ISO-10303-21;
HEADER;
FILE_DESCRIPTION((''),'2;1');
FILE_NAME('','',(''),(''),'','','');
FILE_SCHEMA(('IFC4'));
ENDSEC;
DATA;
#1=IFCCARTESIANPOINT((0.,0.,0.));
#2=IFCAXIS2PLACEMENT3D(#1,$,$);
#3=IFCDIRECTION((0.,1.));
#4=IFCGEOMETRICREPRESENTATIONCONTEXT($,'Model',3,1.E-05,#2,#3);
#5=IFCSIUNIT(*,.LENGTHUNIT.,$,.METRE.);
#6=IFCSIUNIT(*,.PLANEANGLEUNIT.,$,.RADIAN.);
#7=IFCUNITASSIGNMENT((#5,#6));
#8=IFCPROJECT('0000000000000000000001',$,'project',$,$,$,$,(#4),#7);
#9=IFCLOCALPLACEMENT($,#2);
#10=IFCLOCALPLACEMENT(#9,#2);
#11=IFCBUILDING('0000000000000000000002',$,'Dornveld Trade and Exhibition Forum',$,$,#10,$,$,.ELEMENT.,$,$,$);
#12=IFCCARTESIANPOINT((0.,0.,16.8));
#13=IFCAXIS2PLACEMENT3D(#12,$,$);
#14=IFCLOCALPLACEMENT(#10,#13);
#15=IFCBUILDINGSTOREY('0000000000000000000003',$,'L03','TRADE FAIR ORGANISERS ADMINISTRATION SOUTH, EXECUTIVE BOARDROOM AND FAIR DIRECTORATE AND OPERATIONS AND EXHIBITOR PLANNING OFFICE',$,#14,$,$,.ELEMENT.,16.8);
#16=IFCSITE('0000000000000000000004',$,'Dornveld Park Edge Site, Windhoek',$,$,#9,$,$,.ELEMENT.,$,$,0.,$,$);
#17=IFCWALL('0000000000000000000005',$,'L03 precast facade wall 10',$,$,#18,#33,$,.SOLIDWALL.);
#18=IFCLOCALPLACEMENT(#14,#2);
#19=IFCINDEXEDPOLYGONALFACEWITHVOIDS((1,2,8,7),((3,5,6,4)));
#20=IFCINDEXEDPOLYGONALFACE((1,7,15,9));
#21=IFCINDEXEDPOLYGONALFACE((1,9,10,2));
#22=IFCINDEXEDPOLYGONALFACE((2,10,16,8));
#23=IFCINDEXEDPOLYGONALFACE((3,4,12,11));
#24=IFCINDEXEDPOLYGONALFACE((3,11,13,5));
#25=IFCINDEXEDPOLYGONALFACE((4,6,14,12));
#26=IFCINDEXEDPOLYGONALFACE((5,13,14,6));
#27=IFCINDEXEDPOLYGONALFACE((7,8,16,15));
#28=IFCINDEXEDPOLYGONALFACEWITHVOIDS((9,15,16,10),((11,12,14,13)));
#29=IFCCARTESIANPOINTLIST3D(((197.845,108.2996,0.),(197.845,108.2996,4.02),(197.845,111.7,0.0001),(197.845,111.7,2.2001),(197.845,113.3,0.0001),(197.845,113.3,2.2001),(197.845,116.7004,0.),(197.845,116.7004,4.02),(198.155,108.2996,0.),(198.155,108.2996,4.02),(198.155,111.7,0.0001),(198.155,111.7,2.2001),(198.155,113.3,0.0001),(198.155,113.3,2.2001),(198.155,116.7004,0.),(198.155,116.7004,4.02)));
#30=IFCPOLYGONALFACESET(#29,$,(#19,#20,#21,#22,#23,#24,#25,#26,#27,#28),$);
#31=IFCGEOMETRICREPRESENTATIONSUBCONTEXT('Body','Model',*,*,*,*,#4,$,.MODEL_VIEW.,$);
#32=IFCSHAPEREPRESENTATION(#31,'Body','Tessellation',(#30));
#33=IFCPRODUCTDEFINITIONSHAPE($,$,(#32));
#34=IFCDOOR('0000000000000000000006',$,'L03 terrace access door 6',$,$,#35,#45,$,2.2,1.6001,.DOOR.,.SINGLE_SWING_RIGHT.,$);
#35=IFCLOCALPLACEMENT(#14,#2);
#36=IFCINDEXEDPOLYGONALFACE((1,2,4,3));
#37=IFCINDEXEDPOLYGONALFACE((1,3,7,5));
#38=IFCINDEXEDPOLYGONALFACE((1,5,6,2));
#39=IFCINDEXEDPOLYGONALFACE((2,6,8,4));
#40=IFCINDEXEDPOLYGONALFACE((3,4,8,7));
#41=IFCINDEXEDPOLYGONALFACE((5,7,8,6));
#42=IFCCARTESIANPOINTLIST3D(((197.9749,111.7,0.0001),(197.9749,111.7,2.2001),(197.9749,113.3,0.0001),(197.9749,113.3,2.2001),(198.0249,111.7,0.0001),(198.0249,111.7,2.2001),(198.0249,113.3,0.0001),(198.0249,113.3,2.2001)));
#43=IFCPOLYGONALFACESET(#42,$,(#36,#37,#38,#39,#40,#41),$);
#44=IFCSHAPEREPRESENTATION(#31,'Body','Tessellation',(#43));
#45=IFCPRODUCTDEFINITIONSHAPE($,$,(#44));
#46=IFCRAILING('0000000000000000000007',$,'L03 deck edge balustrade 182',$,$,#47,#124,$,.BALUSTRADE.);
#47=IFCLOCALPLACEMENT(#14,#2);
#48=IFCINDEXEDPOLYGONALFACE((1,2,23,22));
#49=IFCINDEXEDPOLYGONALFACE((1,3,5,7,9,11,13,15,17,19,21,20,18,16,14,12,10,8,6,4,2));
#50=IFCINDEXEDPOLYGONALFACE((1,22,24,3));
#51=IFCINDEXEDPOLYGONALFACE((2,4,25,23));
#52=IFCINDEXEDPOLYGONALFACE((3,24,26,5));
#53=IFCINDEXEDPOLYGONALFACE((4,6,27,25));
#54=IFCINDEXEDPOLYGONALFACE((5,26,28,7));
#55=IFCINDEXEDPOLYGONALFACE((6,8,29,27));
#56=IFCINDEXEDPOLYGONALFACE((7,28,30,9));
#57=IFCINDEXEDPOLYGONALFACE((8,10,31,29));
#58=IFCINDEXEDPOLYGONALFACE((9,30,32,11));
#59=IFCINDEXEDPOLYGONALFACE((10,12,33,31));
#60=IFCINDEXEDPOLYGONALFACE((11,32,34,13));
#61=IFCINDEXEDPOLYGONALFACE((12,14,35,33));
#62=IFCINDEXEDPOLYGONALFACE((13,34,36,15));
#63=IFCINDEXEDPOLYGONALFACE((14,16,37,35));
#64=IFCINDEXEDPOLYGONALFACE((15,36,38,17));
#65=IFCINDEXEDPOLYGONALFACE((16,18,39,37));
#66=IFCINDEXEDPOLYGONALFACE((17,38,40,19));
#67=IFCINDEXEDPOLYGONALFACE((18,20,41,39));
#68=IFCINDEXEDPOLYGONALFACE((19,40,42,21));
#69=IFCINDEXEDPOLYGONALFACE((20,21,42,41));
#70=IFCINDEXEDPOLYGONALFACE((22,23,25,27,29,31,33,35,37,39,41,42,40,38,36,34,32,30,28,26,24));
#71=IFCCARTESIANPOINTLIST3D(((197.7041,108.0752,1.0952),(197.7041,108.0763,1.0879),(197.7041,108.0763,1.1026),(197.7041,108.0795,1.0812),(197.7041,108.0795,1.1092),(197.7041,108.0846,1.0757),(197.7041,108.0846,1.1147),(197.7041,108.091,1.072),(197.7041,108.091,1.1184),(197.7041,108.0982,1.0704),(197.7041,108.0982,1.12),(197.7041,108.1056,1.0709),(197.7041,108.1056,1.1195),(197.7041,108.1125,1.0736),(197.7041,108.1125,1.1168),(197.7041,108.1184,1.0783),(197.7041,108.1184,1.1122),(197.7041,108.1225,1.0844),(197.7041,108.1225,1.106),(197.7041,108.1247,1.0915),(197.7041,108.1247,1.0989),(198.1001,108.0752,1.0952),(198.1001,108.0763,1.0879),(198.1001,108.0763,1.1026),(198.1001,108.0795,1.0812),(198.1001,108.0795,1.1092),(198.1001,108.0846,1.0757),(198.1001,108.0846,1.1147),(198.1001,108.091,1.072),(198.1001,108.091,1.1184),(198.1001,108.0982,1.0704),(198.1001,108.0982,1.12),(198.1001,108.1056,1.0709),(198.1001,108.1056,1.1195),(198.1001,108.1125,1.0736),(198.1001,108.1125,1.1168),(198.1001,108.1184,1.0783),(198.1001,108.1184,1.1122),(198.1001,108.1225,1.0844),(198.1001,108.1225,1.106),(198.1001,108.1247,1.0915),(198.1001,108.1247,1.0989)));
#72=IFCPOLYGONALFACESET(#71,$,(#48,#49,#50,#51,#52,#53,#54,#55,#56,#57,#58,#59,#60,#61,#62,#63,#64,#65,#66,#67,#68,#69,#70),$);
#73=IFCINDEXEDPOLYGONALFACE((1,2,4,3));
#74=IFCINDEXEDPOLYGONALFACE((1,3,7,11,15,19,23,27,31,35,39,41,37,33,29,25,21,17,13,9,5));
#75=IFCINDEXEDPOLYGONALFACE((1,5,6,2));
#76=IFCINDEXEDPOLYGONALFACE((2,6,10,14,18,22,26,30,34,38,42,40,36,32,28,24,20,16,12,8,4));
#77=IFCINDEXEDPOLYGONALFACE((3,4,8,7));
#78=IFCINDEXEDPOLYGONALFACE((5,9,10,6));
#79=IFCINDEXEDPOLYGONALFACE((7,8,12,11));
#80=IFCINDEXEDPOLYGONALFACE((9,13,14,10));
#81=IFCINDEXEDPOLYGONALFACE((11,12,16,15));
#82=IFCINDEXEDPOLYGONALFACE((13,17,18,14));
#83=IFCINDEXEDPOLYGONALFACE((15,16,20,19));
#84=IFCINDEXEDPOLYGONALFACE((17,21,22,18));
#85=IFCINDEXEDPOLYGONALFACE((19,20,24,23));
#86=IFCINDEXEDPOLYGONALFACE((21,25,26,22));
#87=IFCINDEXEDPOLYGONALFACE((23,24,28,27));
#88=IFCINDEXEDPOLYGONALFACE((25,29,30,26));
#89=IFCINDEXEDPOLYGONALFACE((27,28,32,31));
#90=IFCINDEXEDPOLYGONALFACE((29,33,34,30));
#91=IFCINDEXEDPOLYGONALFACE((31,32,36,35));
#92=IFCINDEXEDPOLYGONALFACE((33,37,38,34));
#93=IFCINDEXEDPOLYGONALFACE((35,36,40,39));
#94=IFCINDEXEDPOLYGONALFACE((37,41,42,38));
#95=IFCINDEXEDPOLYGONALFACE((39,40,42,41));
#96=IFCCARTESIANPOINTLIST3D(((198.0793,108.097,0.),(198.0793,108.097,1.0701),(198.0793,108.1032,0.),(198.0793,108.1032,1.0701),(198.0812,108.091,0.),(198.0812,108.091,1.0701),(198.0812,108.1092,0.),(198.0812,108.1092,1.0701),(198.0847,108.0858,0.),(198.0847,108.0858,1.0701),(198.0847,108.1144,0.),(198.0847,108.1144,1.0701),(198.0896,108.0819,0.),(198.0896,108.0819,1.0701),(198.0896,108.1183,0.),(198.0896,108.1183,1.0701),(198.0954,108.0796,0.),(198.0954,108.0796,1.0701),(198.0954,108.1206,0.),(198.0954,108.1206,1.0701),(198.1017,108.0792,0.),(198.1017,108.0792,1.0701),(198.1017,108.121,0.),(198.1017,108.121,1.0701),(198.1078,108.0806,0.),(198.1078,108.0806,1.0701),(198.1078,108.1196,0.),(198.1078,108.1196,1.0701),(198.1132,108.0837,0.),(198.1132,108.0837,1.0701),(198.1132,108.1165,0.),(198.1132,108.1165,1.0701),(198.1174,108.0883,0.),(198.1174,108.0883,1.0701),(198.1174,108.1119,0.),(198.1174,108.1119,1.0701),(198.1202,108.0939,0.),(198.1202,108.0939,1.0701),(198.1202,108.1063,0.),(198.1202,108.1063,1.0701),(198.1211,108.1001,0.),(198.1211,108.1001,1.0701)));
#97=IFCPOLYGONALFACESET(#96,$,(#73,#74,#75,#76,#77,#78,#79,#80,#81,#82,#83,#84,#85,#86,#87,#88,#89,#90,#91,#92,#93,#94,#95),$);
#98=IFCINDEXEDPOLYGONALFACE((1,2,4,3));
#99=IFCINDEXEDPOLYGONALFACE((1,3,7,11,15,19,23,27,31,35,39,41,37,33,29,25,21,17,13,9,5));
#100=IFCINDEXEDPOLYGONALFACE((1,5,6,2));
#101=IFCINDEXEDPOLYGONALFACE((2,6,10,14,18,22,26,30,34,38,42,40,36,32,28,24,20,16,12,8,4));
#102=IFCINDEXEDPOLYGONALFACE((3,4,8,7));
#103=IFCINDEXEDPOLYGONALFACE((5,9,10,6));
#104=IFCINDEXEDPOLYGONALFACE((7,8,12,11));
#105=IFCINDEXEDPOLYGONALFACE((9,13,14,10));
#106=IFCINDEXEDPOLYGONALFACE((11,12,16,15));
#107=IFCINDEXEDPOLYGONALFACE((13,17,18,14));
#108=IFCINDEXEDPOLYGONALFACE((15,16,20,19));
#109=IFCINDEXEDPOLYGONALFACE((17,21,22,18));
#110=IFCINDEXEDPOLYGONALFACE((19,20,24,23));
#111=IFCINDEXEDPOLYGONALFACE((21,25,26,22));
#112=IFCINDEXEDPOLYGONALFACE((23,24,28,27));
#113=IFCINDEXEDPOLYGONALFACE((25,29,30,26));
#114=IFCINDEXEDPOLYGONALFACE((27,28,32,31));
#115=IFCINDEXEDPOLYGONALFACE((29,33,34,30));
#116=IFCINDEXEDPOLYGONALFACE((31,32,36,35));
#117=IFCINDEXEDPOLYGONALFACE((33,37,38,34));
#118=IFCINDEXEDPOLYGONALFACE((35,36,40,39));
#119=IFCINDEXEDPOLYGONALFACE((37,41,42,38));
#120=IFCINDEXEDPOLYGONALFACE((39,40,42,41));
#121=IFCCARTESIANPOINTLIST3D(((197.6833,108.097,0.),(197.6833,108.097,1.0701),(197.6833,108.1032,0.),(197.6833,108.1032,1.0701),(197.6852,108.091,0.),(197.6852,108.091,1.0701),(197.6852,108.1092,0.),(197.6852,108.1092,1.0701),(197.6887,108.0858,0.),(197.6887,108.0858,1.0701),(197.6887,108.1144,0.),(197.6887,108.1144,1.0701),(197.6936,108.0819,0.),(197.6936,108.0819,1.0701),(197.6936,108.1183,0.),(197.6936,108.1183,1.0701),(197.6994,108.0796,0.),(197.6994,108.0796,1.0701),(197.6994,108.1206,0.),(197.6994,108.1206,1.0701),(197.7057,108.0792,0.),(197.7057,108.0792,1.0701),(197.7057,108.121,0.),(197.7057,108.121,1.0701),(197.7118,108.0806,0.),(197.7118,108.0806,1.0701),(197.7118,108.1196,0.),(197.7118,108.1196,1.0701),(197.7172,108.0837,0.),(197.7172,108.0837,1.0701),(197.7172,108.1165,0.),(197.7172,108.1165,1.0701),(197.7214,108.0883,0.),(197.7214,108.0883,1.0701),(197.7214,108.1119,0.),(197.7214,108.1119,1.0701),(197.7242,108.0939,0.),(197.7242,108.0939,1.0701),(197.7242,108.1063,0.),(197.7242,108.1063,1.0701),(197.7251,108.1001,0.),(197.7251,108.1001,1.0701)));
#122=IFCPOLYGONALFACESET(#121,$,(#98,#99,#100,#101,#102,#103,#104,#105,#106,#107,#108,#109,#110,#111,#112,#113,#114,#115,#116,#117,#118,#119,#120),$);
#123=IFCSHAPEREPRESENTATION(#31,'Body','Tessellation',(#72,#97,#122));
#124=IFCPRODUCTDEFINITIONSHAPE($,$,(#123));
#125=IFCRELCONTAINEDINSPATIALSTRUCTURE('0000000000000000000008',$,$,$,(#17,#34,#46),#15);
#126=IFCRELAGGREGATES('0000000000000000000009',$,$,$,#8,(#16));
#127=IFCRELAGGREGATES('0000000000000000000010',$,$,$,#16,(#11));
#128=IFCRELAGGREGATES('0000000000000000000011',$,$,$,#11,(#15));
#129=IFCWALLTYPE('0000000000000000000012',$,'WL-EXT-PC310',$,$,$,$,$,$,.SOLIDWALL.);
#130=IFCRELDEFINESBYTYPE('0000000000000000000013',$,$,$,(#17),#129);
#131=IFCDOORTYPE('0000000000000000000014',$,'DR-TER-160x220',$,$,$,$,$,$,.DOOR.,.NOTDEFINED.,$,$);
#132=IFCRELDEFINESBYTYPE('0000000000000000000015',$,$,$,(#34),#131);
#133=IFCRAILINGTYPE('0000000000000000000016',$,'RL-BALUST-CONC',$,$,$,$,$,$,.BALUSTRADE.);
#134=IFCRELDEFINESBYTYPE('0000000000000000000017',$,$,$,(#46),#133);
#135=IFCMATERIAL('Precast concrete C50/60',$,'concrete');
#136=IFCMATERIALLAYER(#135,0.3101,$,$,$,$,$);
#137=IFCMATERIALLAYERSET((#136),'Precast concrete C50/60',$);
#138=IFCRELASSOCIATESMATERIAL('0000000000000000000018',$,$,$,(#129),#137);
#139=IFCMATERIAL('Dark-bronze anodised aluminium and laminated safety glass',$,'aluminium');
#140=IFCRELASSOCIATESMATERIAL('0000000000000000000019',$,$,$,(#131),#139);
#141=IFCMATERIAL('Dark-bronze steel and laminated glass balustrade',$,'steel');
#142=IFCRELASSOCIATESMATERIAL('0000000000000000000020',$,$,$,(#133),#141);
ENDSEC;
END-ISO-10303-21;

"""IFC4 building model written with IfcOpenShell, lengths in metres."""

from ifc_helpers import new_model, si_unit, direction, frame, frame_2d, origin, origin_2d, place, context, subcontext, project, spatial, rectangle, circle, extrude, material, layer, layer_set, type_object, element, fill, save


model = new_model("IFC4")

# Units and contexts
model_context = context("Model", 3, precision=1e-05, world=origin(), true_north=direction((0.0, 1.0)))
body_context = subcontext(model_context, "Body", "Model", "MODEL_VIEW")
ifc_project = project(units=[si_unit("LENGTHUNIT", "METRE"), si_unit("PLANEANGLEUNIT", "RADIAN")], contexts=[model_context])

# Site, building, storey
site_placement = place(None, origin())
site = spatial("IfcSite", under=ifc_project, at=site_placement, Name="Dornveld Park Edge Site, Windhoek", CompositionType="ELEMENT", RefElevation=0.0)
building_placement = place(site_placement, origin())
building = spatial("IfcBuilding", under=site, at=building_placement, Name="Dornveld Trade and Exhibition Forum", CompositionType="ELEMENT")
storey_placement = place(building_placement, frame((0.0, 0.0, 16.8)))
storey = spatial("IfcBuildingStorey", under=building, at=storey_placement, Name="L03", Description="TRADE FAIR ORGANISERS ADMINISTRATION SOUTH, EXECUTIVE BOARDROOM AND FAIR DIRECTORATE AND OPERATIONS AND EXHIBITOR PLANNING OFFICE", CompositionType="ELEMENT", Elevation=16.8)

# Wall, opening, door
ifc_material_1 = material(Name="Precast concrete C50/60", Category="concrete")
ifc_layer_1 = layer(ifc_material_1, 0.3101)
ifc_layer_set_1 = layer_set([ifc_layer_1], Name="Precast concrete C50/60")
wall_type = type_object("IfcWallType", Name="WL-EXT-PC310", PredefinedType="SOLIDWALL", material=ifc_layer_set_1)
wall_placement = place(storey_placement, frame((198.0, 108.2996, 0.0), z_axis=(0.0, 0.0, 1.0), x_axis=(0.0, 1.0, 0.0)))
wall = element("IfcWall", 1, at=wall_placement, inside=storey, type_object=wall_type, Name="L03 precast facade wall 10", PredefinedType="SOLIDWALL", context=body_context, shape_type="SweptSolid", body=[
    extrude(rectangle(XDim=8.4009, YDim=0.3101, at=frame_2d((4.2004, 0.0))), origin(), (0.0, 0.0, 1.0), 4.02),
])
opening_placement = place(wall_placement, frame((3.4004, 0.0, 0.0)))
opening = element("IfcOpeningElement", 2, at=opening_placement, cuts=wall, PredefinedType="OPENING", context=body_context, shape_type="SweptSolid", body=[
    extrude(rectangle(XDim=1.6001, YDim=2.2, at=frame_2d((0.8, 1.1001))), frame((0.0, 0.165, 0.0), z_axis=(0.0, -1.0, 0.0), x_axis=(1.0, 0.0, 0.0)), (0.0, 0.0, 1.0), 0.3301),
])
ifc_material_2 = material(Name="Dark-bronze anodised aluminium and laminated safety glass", Category="aluminium")
door_type = type_object("IfcDoorType", Name="DR-TER-160x220", OperationType="NOTDEFINED", PredefinedType="DOOR", material=ifc_material_2)
door_placement = place(opening_placement, frame((1.6001, 0.0, 0.0), z_axis=(0.0, 0.0, 1.0), x_axis=(-1.0, 0.0, 0.0)))
door = element("IfcDoor", 3, at=door_placement, inside=storey, type_object=door_type, Name="L03 terrace access door 6", OperationType="SINGLE_SWING_RIGHT", OverallHeight=2.2, OverallWidth=1.6001, PredefinedType="DOOR", context=body_context, shape_type="SweptSolid", body=[
    extrude(rectangle(XDim=1.6001, YDim=2.2, at=frame_2d((0.8, 1.1001))), frame((0.0, 0.0249, 0.0), z_axis=(0.0, -1.0, 0.0), x_axis=(1.0, 0.0, 0.0)), (0.0, 0.0, 1.0), 0.05),
])
fill(opening, door)

# Railing
ifc_material_3 = material(Name="Dark-bronze steel and laminated glass balustrade", Category="steel")
railing_type = type_object("IfcRailingType", Name="RL-BALUST-CONC", PredefinedType="BALUSTRADE", material=ifc_material_3)
railing_1_placement = place(storey_placement, frame((198.1001, 108.1001, 0.0)))
element("IfcRailing", 4, at=railing_1_placement, inside=storey, type_object=railing_type, Name="L03 deck edge balustrade 182", PredefinedType="BALUSTRADE", context=body_context, shape_type="SweptSolid", body=[
    extrude(circle(Radius=0.0249, at=origin_2d()), frame((0.0, 0.0, 1.0952), z_axis=(-1.0, 0.0, 0.0), x_axis=(0.0, -1.0, 0.0)), (0.0, 0.0, 1.0), 0.396),
    extrude(circle(Radius=0.021, at=origin_2d()), origin(), (0.0, 0.0, 1.0), 1.0701),
    extrude(circle(Radius=0.021, at=origin_2d()), frame((-0.396, 0.0, 0.0)), (0.0, 0.0, 1.0), 1.0701),
])

save(model, "model.ifc")
